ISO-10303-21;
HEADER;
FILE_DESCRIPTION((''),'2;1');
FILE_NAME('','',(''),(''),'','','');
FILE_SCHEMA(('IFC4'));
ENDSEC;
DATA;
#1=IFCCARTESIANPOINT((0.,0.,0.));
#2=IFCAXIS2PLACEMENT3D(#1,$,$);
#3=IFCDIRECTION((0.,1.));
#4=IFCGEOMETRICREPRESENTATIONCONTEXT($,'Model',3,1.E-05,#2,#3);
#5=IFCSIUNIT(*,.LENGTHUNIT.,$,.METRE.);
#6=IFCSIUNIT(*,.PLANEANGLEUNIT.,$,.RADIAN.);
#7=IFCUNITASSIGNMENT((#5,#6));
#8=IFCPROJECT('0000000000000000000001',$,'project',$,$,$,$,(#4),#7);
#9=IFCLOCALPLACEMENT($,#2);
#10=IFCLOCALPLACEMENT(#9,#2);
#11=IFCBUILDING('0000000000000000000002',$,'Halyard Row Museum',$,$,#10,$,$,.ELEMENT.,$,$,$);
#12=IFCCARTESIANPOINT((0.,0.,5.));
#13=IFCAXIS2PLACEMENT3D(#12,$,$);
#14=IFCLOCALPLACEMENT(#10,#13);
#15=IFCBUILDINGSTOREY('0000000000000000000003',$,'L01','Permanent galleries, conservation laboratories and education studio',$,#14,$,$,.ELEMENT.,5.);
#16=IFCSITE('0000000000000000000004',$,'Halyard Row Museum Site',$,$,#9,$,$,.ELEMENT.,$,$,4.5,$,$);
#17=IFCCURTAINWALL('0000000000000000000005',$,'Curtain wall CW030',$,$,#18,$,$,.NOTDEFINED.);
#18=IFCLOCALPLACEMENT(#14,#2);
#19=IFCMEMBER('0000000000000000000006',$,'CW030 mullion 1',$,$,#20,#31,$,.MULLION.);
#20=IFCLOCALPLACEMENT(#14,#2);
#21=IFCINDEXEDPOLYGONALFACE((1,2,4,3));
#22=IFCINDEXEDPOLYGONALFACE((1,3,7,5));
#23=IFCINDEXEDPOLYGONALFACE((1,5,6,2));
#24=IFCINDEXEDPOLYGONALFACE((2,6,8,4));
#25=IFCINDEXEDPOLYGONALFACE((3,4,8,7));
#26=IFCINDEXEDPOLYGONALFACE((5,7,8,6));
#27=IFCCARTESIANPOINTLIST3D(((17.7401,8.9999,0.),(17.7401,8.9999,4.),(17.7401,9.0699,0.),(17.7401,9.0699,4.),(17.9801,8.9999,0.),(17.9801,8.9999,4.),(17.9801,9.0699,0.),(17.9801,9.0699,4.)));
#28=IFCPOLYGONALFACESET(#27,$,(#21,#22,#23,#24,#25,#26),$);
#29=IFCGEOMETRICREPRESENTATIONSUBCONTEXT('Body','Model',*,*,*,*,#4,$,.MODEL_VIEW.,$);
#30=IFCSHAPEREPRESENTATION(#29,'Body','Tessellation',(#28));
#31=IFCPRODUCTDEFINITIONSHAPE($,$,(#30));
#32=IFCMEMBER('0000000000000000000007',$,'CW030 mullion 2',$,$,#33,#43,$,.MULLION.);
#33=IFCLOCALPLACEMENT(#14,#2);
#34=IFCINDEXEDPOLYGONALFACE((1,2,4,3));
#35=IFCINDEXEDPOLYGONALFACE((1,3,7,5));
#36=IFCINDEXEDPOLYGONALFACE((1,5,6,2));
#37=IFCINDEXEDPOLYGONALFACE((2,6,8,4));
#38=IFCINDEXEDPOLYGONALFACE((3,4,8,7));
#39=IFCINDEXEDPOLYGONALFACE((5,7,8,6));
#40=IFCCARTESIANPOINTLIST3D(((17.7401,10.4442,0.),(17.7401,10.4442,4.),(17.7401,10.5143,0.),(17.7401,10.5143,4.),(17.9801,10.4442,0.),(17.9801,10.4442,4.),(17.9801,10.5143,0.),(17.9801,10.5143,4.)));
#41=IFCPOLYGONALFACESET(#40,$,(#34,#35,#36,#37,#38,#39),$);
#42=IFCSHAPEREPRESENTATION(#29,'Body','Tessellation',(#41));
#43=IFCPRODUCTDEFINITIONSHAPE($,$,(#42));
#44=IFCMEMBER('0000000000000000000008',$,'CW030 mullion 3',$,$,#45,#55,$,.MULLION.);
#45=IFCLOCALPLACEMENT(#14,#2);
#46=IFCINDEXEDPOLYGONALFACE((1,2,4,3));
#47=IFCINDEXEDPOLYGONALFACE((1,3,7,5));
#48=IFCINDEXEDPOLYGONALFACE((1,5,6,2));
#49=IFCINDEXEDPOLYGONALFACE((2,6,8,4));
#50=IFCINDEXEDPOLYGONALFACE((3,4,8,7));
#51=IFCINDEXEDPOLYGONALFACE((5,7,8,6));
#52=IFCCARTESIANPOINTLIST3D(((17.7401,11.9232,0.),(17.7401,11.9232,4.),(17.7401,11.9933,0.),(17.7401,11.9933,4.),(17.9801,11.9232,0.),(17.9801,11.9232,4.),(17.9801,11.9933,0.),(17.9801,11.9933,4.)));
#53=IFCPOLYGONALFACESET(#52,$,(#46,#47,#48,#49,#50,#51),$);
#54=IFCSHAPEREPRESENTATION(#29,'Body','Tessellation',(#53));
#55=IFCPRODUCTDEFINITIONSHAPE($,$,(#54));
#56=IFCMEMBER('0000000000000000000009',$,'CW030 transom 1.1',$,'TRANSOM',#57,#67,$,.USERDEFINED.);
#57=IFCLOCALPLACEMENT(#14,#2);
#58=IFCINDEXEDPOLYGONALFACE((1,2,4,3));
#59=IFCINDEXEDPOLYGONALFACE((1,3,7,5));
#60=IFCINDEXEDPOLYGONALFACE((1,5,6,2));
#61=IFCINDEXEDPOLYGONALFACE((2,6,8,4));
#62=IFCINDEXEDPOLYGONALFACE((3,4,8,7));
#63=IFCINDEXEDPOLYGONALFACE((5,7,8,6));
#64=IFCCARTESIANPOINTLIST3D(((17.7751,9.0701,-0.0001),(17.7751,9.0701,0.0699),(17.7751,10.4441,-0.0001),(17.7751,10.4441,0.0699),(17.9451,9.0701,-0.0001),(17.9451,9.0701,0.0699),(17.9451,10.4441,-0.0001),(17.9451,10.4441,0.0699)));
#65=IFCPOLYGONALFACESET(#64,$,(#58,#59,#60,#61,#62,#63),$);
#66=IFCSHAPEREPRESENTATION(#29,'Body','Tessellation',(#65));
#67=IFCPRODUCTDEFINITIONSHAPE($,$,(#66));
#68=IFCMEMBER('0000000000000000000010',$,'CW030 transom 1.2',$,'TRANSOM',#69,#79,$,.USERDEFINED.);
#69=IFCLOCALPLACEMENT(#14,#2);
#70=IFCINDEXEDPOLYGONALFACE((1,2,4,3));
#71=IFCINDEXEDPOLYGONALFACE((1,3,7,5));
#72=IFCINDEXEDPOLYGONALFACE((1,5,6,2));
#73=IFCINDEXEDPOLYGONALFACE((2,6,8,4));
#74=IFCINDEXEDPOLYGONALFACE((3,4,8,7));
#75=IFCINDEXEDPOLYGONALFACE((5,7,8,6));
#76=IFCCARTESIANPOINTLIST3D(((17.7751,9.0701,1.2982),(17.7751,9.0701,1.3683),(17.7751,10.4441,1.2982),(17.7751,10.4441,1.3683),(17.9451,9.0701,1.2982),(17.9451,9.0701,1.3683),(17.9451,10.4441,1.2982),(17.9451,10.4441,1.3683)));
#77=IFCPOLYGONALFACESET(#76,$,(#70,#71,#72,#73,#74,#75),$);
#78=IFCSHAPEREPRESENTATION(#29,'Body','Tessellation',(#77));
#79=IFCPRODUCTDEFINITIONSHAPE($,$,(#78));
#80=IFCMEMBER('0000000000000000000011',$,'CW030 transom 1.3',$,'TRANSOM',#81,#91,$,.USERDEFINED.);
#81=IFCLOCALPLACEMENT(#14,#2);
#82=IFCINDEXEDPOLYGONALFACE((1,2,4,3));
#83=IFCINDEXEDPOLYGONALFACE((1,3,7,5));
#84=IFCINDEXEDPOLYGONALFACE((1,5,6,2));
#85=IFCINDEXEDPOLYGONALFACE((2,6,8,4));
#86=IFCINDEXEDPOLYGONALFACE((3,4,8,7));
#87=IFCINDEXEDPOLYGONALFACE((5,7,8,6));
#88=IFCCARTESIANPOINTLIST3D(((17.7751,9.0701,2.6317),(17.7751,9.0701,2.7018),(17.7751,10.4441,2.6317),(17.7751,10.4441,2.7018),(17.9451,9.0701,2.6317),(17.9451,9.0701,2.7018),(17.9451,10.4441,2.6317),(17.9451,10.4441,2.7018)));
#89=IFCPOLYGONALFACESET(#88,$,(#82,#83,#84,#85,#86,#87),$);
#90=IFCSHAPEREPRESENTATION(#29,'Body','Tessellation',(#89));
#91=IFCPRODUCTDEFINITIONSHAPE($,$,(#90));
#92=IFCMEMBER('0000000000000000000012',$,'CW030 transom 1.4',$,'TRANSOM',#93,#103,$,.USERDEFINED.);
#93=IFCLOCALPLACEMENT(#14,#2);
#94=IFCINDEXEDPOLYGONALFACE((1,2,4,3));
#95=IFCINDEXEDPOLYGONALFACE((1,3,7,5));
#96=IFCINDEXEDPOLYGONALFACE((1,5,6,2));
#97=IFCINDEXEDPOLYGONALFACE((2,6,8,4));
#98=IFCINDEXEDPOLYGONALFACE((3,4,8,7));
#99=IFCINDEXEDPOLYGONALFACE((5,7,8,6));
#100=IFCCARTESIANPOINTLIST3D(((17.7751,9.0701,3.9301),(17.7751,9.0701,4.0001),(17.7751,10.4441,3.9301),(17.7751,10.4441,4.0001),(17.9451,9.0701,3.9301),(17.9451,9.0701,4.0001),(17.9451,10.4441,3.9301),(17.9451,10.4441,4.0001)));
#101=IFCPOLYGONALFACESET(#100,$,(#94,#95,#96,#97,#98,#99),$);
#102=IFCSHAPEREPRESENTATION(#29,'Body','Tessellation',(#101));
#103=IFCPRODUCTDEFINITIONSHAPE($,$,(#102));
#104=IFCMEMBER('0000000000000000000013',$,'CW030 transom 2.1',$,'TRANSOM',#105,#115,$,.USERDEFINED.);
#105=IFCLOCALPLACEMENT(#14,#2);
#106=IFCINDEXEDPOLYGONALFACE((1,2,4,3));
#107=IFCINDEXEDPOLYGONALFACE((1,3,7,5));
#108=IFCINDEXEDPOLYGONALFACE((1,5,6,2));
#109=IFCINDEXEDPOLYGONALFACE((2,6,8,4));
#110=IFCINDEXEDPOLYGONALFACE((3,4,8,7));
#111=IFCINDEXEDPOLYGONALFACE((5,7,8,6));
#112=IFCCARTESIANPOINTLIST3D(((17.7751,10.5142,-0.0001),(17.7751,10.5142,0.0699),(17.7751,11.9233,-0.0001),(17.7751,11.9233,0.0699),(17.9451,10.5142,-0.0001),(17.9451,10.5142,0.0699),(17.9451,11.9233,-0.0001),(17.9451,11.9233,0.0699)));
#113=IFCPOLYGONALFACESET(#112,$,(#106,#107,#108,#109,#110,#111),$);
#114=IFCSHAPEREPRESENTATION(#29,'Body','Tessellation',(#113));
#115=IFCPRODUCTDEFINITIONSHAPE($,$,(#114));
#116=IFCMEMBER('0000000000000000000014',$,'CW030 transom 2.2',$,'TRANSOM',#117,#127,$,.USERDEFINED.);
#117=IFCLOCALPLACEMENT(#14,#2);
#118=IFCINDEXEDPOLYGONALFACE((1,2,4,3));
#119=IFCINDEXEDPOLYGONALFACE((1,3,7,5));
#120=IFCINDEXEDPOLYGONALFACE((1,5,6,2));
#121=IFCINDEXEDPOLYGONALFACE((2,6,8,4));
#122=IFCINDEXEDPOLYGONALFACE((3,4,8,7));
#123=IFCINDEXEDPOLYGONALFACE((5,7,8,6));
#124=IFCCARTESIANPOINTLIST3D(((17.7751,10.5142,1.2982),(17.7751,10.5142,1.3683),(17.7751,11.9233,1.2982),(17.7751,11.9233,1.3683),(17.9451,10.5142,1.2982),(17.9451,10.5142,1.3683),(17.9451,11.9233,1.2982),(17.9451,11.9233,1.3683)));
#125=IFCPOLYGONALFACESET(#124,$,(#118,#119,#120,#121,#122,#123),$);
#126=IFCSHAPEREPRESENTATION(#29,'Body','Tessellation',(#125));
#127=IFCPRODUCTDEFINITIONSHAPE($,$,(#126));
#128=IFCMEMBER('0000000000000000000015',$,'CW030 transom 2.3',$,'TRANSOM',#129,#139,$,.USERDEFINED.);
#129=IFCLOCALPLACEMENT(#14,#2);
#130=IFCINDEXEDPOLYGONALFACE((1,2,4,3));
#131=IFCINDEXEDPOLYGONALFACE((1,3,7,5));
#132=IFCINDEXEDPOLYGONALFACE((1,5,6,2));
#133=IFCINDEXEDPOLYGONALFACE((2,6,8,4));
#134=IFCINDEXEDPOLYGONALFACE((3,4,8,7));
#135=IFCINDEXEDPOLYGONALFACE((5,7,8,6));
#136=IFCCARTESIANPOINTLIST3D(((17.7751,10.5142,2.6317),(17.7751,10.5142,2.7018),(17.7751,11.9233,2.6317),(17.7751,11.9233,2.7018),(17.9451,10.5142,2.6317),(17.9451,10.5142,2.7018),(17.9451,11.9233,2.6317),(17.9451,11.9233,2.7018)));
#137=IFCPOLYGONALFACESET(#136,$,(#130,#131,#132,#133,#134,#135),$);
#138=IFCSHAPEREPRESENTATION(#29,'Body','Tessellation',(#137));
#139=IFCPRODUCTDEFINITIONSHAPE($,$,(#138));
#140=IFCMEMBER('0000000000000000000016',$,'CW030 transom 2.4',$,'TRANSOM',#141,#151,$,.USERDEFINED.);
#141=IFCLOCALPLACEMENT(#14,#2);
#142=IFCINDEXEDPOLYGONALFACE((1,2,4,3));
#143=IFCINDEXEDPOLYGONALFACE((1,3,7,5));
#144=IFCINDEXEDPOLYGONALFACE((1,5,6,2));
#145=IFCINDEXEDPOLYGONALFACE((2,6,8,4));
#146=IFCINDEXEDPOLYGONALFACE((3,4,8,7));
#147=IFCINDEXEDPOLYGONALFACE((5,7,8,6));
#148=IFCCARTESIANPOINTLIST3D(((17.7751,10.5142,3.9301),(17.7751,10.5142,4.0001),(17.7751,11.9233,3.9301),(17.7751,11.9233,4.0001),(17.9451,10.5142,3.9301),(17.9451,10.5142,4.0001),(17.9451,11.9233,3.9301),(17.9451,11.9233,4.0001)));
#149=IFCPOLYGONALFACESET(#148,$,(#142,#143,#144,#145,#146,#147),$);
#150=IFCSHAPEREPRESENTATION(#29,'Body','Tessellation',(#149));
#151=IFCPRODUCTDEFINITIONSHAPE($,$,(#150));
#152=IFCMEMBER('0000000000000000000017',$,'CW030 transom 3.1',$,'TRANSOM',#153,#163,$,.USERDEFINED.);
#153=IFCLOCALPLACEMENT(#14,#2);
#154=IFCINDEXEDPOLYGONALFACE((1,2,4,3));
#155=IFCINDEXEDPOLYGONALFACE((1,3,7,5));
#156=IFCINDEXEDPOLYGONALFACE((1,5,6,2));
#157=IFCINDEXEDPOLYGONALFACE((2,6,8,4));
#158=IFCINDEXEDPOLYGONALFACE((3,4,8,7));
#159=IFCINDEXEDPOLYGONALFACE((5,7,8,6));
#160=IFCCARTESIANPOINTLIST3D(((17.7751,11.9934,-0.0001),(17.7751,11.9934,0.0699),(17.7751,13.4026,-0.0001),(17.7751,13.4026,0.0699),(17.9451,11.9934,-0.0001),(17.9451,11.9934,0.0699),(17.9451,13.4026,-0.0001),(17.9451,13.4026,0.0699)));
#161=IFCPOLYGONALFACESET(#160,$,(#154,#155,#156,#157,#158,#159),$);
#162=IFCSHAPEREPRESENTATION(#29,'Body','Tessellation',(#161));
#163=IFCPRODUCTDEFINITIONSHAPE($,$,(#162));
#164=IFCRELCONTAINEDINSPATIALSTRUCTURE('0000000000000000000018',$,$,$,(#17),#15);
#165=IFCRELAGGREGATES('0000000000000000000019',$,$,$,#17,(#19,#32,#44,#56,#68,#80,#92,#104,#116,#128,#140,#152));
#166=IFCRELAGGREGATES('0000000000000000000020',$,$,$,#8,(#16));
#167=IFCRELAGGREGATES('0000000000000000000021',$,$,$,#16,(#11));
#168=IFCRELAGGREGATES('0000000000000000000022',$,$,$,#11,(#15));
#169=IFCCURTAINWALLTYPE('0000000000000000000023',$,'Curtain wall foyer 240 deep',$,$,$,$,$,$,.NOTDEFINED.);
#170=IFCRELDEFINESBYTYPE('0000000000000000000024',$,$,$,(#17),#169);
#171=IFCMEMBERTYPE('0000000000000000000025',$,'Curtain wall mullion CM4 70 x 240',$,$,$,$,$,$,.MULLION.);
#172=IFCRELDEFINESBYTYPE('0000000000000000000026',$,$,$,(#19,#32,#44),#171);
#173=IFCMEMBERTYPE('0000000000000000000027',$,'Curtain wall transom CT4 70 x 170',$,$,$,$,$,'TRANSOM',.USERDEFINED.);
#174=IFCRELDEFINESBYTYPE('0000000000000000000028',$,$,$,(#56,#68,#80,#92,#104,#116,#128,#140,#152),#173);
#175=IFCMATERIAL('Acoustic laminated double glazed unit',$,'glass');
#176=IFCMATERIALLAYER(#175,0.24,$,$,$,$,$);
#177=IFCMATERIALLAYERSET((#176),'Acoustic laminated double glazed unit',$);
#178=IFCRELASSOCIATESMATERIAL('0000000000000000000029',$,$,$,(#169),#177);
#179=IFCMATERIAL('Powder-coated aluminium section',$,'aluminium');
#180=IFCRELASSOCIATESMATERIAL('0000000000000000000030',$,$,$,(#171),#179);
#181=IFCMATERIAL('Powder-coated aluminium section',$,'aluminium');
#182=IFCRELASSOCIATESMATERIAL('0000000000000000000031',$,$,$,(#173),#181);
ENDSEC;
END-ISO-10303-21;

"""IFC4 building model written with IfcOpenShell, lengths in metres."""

from ifc_helpers import new_model, si_unit, direction, frame, origin, origin_2d, place, context, subcontext, project, spatial, rectangle, extrude, material, layer, layer_set, material_profile, profile_set, type_object, element, aggregate, save


model = new_model("IFC4")

# Units and contexts
model_context = context("Model", 3, precision=1e-05, world=origin(), true_north=direction((0.0, 1.0)))
body_context = subcontext(model_context, "Body", "Model", "MODEL_VIEW")
ifc_project = project(units=[si_unit("LENGTHUNIT", "METRE"), si_unit("PLANEANGLEUNIT", "RADIAN")], contexts=[model_context])

# Site, building, storey
site_placement = place(None, origin())
site = spatial("IfcSite", under=ifc_project, at=site_placement, Name="Halyard Row Museum Site", CompositionType="ELEMENT", RefElevation=4.5)
building_placement = place(site_placement, origin())
building = spatial("IfcBuilding", under=site, at=building_placement, Name="Halyard Row Museum", CompositionType="ELEMENT")
storey_placement = place(building_placement, frame((0.0, 0.0, 5.0)))
storey = spatial("IfcBuildingStorey", under=building, at=storey_placement, Name="L01", Description="Permanent galleries, conservation laboratories and education studio", CompositionType="ELEMENT", Elevation=5.0)

# Curtain wall, members
ifc_material_1 = material(Name="Acoustic laminated double glazed unit", Category="glass")
ifc_layer_1 = layer(ifc_material_1, 0.24)
ifc_layer_set_1 = layer_set([ifc_layer_1], Name="Acoustic laminated double glazed unit")
curtain_wall_type = type_object("IfcCurtainWallType", Name="Curtain wall foyer 240 deep", PredefinedType="NOTDEFINED", material=ifc_layer_set_1)
curtain_wall_placement = place(storey_placement, origin())
curtain_wall = element("IfcCurtainWall", 1, at=curtain_wall_placement, inside=storey, type_object=curtain_wall_type, Name="Curtain wall CW030", PredefinedType="NOTDEFINED")
ifc_material_2 = material(Name="Powder-coated aluminium section", Category="aluminium")
ifc_material_profile_1 = material_profile(ifc_material_2, rectangle(XDim=0.24, YDim=0.0701, at=origin_2d()), Name="240x70 mullion")
ifc_profile_set_1 = profile_set([ifc_material_profile_1], Name="Powder-coated aluminium section")
member_type_1 = type_object("IfcMemberType", Name="Curtain wall mullion CM4 70 x 240", PredefinedType="MULLION", material=ifc_profile_set_1)
member_1_placement = place(storey_placement, frame((17.8601, 9.0349, 0.0), z_axis=(0.0, 0.0, 1.0), x_axis=(-1.0, 0.0, 0.0)))
member_1 = element("IfcMember", 2, at=member_1_placement, type_object=member_type_1, Name="CW030 mullion 1", PredefinedType="MULLION", context=body_context, shape_type="SweptSolid", body=[
    extrude(rectangle(XDim=0.24, YDim=0.0701, at=origin_2d()), origin(), (0.0, 0.0, 1.0), 4.0),
])
member_2_placement = place(storey_placement, frame((17.8601, 10.4792, 0.0), z_axis=(0.0, 0.0, 1.0), x_axis=(-1.0, 0.0, 0.0)))
member_2 = element("IfcMember", 3, at=member_2_placement, type_object=member_type_1, Name="CW030 mullion 2", PredefinedType="MULLION", context=body_context, shape_type="SweptSolid", body=[
    extrude(rectangle(XDim=0.24, YDim=0.0701, at=origin_2d()), origin(), (0.0, 0.0, 1.0), 4.0),
])
member_3_placement = place(storey_placement, frame((17.8601, 11.9583, 0.0), z_axis=(0.0, 0.0, 1.0), x_axis=(-1.0, 0.0, 0.0)))
member_3 = element("IfcMember", 4, at=member_3_placement, type_object=member_type_1, Name="CW030 mullion 3", PredefinedType="MULLION", context=body_context, shape_type="SweptSolid", body=[
    extrude(rectangle(XDim=0.24, YDim=0.0701, at=origin_2d()), origin(), (0.0, 0.0, 1.0), 4.0),
])
ifc_material_3 = material(Name="Powder-coated aluminium section", Category="aluminium")
ifc_material_profile_2 = material_profile(ifc_material_3, rectangle(XDim=0.1699, YDim=0.0701, at=origin_2d()), Name="170x70 transom")
ifc_profile_set_2 = profile_set([ifc_material_profile_2], Name="Powder-coated aluminium section")
member_type_2 = type_object("IfcMemberType", Name="Curtain wall transom CT4 70 x 170", ElementType="TRANSOM", PredefinedType="USERDEFINED", material=ifc_profile_set_2)
member_4_placement = place(storey_placement, frame((17.8601, 9.0701, 0.0349), z_axis=(0.0, 1.0, 0.0), x_axis=(-1.0, 0.0, 0.0)))
member_4 = element("IfcMember", 5, at=member_4_placement, type_object=member_type_2, Name="CW030 transom 1.1", ObjectType="TRANSOM", PredefinedType="USERDEFINED", context=body_context, shape_type="SweptSolid", body=[
    extrude(rectangle(XDim=0.1699, YDim=0.0701, at=origin_2d()), origin(), (0.0, 0.0, 1.0), 1.374),
])
member_5_placement = place(storey_placement, frame((17.8601, 9.0701, 1.3333), z_axis=(0.0, 1.0, 0.0), x_axis=(-1.0, 0.0, 0.0)))
member_5 = element("IfcMember", 6, at=member_5_placement, type_object=member_type_2, Name="CW030 transom 1.2", ObjectType="TRANSOM", PredefinedType="USERDEFINED", context=body_context, shape_type="SweptSolid", body=[
    extrude(rectangle(XDim=0.1699, YDim=0.0701, at=origin_2d()), origin(), (0.0, 0.0, 1.0), 1.374),
])
member_6_placement = place(storey_placement, frame((17.8601, 9.0701, 2.6667), z_axis=(0.0, 1.0, 0.0), x_axis=(-1.0, 0.0, 0.0)))
member_6 = element("IfcMember", 7, at=member_6_placement, type_object=member_type_2, Name="CW030 transom 1.3", ObjectType="TRANSOM", PredefinedType="USERDEFINED", context=body_context, shape_type="SweptSolid", body=[
    extrude(rectangle(XDim=0.1699, YDim=0.0701, at=origin_2d()), origin(), (0.0, 0.0, 1.0), 1.374),
])
member_7_placement = place(storey_placement, frame((17.8601, 9.0701, 3.9651), z_axis=(0.0, 1.0, 0.0), x_axis=(-1.0, 0.0, 0.0)))
member_7 = element("IfcMember", 8, at=member_7_placement, type_object=member_type_2, Name="CW030 transom 1.4", ObjectType="TRANSOM", PredefinedType="USERDEFINED", context=body_context, shape_type="SweptSolid", body=[
    extrude(rectangle(XDim=0.1699, YDim=0.0701, at=origin_2d()), origin(), (0.0, 0.0, 1.0), 1.374),
])
member_8_placement = place(storey_placement, frame((17.8601, 10.5142, 0.0349), z_axis=(0.0, 1.0, 0.0), x_axis=(-1.0, 0.0, 0.0)))
member_8 = element("IfcMember", 9, at=member_8_placement, type_object=member_type_2, Name="CW030 transom 2.1", ObjectType="TRANSOM", PredefinedType="USERDEFINED", context=body_context, shape_type="SweptSolid", body=[
    extrude(rectangle(XDim=0.1699, YDim=0.0701, at=origin_2d()), origin(), (0.0, 0.0, 1.0), 1.4092),
])
member_9_placement = place(storey_placement, frame((17.8601, 10.5142, 1.3333), z_axis=(0.0, 1.0, 0.0), x_axis=(-1.0, 0.0, 0.0)))
member_9 = element("IfcMember", 10, at=member_9_placement, type_object=member_type_2, Name="CW030 transom 2.2", ObjectType="TRANSOM", PredefinedType="USERDEFINED", context=body_context, shape_type="SweptSolid", body=[
    extrude(rectangle(XDim=0.1699, YDim=0.0701, at=origin_2d()), origin(), (0.0, 0.0, 1.0), 1.4092),
])
member_10_placement = place(storey_placement, frame((17.8601, 10.5142, 2.6667), z_axis=(0.0, 1.0, 0.0), x_axis=(-1.0, 0.0, 0.0)))
member_10 = element("IfcMember", 11, at=member_10_placement, type_object=member_type_2, Name="CW030 transom 2.3", ObjectType="TRANSOM", PredefinedType="USERDEFINED", context=body_context, shape_type="SweptSolid", body=[
    extrude(rectangle(XDim=0.1699, YDim=0.0701, at=origin_2d()), origin(), (0.0, 0.0, 1.0), 1.4092),
])
member_11_placement = place(storey_placement, frame((17.8601, 10.5142, 3.9651), z_axis=(0.0, 1.0, 0.0), x_axis=(-1.0, 0.0, 0.0)))
member_11 = element("IfcMember", 12, at=member_11_placement, type_object=member_type_2, Name="CW030 transom 2.4", ObjectType="TRANSOM", PredefinedType="USERDEFINED", context=body_context, shape_type="SweptSolid", body=[
    extrude(rectangle(XDim=0.1699, YDim=0.0701, at=origin_2d()), origin(), (0.0, 0.0, 1.0), 1.4092),
])
member_12_placement = place(storey_placement, frame((17.8601, 11.9934, 0.0349), z_axis=(0.0, 1.0, 0.0), x_axis=(-1.0, 0.0, 0.0)))
member_12 = element("IfcMember", 13, at=member_12_placement, type_object=member_type_2, Name="CW030 transom 3.1", ObjectType="TRANSOM", PredefinedType="USERDEFINED", context=body_context, shape_type="SweptSolid", body=[
    extrude(rectangle(XDim=0.1699, YDim=0.0701, at=origin_2d()), origin(), (0.0, 0.0, 1.0), 1.4092),
])

aggregate(curtain_wall, [member_1, member_2, member_3, member_4, member_5, member_6, member_7, member_8, member_9, member_10, member_11, member_12])

save(model, "model.ifc")
